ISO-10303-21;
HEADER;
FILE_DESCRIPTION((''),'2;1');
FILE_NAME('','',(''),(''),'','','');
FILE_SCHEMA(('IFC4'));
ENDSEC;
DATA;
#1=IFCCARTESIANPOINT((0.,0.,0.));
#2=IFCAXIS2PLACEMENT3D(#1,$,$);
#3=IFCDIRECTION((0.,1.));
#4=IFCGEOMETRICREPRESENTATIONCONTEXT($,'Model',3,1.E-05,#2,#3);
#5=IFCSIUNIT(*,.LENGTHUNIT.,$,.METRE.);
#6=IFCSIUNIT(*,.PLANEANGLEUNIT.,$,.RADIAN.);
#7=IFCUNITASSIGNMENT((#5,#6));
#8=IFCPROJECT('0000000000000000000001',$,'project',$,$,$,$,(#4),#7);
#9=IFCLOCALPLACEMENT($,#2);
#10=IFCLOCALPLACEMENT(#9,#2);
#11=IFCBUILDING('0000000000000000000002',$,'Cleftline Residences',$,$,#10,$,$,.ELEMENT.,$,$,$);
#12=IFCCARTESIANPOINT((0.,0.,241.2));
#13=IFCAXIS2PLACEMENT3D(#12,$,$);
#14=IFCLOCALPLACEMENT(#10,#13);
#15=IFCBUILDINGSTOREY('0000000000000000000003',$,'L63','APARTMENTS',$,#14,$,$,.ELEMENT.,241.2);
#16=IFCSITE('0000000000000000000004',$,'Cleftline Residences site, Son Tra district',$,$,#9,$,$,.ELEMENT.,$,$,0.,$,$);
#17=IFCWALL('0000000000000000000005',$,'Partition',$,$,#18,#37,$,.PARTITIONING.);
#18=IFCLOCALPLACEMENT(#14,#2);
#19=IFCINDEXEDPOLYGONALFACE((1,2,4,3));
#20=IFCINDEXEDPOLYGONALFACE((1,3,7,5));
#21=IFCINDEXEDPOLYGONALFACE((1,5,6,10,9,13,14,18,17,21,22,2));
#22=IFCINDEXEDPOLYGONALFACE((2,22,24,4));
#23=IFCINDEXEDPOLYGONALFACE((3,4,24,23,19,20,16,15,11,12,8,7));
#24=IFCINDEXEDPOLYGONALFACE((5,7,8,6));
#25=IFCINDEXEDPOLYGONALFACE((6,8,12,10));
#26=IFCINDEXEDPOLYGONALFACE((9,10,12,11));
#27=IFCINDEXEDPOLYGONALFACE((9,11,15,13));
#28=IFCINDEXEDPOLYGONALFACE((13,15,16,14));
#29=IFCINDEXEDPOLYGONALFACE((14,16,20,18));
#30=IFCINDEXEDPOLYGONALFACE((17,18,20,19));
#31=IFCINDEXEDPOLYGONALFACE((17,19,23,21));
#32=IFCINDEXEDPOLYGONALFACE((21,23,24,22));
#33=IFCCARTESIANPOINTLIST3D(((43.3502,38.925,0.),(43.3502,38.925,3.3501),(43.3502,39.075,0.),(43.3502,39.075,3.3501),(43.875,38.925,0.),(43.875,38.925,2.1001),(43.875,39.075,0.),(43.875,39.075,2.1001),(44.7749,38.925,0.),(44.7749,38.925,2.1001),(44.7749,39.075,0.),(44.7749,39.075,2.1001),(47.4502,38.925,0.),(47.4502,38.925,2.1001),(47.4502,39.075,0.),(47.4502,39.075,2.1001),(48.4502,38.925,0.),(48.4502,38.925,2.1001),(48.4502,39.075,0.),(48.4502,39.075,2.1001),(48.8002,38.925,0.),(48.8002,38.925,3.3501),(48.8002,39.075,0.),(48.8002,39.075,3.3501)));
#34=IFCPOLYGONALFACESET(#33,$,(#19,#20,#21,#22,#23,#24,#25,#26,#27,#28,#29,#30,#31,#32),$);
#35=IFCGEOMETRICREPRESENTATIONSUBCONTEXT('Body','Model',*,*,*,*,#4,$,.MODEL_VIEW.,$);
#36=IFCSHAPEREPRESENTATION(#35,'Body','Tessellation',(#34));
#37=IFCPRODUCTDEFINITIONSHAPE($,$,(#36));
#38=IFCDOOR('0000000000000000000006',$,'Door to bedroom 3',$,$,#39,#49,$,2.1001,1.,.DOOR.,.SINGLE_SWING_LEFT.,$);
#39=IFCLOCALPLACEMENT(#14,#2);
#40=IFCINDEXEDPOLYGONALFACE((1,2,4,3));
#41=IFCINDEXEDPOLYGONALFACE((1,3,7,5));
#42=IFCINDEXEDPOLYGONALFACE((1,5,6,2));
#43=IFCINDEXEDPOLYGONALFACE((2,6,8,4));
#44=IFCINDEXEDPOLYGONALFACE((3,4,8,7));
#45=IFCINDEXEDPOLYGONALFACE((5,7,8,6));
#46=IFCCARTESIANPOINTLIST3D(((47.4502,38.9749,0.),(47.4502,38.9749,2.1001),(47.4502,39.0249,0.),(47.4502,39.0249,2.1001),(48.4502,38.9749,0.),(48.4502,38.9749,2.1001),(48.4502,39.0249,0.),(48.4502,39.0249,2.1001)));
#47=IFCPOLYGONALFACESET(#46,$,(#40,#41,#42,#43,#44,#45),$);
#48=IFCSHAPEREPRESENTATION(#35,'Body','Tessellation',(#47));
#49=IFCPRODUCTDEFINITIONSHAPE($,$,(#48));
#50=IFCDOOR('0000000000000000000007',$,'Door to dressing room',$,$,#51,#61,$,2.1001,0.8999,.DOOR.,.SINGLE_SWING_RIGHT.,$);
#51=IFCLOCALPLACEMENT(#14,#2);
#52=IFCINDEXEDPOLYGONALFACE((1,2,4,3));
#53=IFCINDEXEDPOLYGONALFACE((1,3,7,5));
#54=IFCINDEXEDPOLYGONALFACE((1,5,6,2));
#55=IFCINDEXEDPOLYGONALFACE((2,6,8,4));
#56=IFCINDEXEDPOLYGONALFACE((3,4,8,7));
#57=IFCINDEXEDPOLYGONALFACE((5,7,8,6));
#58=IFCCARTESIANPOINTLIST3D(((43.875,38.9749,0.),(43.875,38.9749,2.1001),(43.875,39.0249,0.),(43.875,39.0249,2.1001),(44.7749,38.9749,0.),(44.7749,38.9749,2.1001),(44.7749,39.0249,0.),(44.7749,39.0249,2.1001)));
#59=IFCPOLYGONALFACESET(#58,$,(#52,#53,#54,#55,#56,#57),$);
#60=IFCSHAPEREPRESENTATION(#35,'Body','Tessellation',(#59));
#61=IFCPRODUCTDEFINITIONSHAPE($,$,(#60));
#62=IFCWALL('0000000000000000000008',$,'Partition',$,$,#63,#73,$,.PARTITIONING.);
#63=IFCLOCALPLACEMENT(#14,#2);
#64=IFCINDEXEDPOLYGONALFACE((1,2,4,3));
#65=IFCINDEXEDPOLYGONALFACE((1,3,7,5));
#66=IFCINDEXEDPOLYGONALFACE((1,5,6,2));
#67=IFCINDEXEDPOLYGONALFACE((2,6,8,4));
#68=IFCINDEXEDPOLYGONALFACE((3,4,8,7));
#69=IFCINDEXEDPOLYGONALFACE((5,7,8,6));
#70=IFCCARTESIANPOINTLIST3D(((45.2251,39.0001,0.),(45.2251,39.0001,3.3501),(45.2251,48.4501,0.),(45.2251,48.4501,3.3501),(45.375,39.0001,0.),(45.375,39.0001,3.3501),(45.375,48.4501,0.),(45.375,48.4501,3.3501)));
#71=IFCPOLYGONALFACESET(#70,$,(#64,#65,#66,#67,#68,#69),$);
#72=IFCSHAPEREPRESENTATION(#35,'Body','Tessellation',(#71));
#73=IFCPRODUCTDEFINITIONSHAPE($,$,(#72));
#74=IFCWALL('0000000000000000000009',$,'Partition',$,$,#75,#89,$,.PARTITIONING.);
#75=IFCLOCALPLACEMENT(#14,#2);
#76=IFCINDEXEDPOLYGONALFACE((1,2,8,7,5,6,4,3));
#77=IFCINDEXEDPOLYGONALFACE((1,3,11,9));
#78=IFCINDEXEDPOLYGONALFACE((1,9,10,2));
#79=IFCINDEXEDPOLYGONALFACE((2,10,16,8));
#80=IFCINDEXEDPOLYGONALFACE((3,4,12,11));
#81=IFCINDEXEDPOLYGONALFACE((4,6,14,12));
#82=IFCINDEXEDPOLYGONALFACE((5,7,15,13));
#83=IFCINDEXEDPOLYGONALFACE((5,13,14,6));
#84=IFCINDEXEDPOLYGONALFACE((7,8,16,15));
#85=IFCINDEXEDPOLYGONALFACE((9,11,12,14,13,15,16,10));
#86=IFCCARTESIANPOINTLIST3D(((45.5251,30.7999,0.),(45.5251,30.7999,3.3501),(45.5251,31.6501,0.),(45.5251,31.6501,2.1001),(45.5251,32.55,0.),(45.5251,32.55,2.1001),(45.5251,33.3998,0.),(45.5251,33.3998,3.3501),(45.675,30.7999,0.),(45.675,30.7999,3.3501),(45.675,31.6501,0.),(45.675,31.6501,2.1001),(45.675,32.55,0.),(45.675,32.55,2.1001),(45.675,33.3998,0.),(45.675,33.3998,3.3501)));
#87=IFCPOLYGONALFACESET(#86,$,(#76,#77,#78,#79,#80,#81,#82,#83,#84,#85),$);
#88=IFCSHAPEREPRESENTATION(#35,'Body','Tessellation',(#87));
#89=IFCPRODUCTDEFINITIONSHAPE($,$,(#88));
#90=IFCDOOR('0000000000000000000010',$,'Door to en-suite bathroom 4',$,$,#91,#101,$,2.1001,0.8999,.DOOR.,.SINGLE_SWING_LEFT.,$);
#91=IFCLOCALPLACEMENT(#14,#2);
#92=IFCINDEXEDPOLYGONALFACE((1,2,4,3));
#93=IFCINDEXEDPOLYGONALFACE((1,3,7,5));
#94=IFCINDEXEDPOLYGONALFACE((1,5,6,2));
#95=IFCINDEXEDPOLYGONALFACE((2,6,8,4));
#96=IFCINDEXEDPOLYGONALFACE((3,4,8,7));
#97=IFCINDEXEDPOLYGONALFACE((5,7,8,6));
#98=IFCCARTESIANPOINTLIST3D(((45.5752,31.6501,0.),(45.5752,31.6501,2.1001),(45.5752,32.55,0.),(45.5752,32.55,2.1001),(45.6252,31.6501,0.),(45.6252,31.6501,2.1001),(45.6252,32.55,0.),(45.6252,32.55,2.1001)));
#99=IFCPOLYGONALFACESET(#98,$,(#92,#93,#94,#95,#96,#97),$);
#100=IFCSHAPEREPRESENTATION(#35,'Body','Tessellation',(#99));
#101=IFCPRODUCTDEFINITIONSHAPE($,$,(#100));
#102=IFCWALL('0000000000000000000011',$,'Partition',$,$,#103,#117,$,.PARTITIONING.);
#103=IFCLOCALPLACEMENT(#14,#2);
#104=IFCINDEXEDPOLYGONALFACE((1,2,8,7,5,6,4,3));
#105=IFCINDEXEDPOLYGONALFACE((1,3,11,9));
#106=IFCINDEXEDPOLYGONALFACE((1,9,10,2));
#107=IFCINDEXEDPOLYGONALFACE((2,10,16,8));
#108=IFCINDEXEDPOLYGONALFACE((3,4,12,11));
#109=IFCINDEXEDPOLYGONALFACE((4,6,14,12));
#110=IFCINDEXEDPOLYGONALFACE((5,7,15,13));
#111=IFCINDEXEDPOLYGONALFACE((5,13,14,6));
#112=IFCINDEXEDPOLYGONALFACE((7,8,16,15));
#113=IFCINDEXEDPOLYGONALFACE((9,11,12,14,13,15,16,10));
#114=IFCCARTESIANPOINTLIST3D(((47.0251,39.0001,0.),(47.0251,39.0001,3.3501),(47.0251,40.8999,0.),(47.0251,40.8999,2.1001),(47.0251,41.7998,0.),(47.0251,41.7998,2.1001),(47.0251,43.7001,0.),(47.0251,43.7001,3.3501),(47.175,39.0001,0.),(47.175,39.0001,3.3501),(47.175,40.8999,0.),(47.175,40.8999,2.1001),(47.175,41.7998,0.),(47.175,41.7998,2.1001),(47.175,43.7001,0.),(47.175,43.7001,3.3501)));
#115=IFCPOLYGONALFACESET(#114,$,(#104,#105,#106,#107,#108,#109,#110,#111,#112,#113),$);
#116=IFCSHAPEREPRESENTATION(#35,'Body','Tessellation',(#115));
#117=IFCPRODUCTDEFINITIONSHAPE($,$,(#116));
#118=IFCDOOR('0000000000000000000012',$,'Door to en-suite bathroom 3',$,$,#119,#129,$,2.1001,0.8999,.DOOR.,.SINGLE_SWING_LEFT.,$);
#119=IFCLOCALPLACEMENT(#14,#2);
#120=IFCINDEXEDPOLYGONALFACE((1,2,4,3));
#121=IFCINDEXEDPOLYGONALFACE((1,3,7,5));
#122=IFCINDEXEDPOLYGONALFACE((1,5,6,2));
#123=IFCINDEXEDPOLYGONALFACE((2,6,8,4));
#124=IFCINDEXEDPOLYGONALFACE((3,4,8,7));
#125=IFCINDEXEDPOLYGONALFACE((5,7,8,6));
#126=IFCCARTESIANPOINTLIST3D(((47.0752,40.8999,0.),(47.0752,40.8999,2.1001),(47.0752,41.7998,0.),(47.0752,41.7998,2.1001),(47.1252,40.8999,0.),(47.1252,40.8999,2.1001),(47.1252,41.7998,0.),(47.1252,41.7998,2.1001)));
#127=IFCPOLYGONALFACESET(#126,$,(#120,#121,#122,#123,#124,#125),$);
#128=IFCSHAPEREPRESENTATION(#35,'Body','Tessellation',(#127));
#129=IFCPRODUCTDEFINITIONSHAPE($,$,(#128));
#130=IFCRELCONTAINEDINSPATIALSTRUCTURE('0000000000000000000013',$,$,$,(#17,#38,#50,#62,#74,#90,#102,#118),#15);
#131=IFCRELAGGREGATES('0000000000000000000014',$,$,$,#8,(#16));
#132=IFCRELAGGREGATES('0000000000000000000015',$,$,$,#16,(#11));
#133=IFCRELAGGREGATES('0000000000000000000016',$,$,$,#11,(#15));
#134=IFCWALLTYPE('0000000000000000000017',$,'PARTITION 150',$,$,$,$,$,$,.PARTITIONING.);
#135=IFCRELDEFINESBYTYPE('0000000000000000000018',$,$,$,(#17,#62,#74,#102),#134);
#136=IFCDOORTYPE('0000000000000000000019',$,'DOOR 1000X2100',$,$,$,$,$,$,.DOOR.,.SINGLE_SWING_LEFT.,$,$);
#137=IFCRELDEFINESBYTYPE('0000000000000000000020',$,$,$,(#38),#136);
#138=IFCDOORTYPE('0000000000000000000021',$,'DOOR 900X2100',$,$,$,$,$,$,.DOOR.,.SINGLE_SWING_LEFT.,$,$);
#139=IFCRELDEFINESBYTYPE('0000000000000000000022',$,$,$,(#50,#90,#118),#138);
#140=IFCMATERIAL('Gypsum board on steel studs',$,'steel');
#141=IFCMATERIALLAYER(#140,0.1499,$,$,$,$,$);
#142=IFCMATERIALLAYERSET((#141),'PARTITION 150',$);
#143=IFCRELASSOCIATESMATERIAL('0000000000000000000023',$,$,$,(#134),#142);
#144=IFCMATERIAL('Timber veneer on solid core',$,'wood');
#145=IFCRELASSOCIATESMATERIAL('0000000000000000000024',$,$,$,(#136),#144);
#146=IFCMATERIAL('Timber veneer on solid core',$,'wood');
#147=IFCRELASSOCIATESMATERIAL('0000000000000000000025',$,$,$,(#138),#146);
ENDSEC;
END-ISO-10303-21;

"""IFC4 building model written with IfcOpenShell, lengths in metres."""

from ifc_helpers import new_model, si_unit, direction, frame, frame_2d, origin, place, context, subcontext, project, spatial, rectangle, extrude, material, layer, layer_set, type_object, element, fill, save


model = new_model("IFC4")

# Units and contexts
model_context = context("Model", 3, precision=1e-05, world=origin(), true_north=direction((0.0, 1.0)))
body_context = subcontext(model_context, "Body", "Model", "MODEL_VIEW")
ifc_project = project(units=[si_unit("LENGTHUNIT", "METRE"), si_unit("PLANEANGLEUNIT", "RADIAN")], contexts=[model_context])

# Site, building, storey
site_placement = place(None, origin())
site = spatial("IfcSite", under=ifc_project, at=site_placement, Name="Cleftline Residences site, Son Tra district", CompositionType="ELEMENT", RefElevation=0.0)
building_placement = place(site_placement, origin())
building = spatial("IfcBuilding", under=site, at=building_placement, Name="Cleftline Residences", CompositionType="ELEMENT")
storey_placement = place(building_placement, frame((0.0, 0.0, 241.2)))
storey = spatial("IfcBuildingStorey", under=building, at=storey_placement, Name="L63", Description="APARTMENTS", CompositionType="ELEMENT", Elevation=241.2)

# Shared definitions
ifc_material_1 = material(Name="Gypsum board on steel studs", Category="steel")
ifc_layer_1 = layer(ifc_material_1, 0.1499)
ifc_layer_set_1 = layer_set([ifc_layer_1], Name="PARTITION 150")
wall_type = type_object("IfcWallType", Name="PARTITION 150", PredefinedType="PARTITIONING", material=ifc_layer_set_1)

# Wall, openings, doors
ifc_material_2 = material(Name="Timber veneer on solid core", Category="wood")
door_type_1 = type_object("IfcDoorType", Name="DOOR 1000X2100", OperationType="SINGLE_SWING_LEFT", PredefinedType="DOOR", material=ifc_material_2)
ifc_material_3 = material(Name="Timber veneer on solid core", Category="wood")
door_type_2 = type_object("IfcDoorType", Name="DOOR 900X2100", OperationType="SINGLE_SWING_LEFT", PredefinedType="DOOR", material=ifc_material_3)
wall_1_placement = place(storey_placement, frame((43.3501, 39.0, 0.0), z_axis=(0.0, 0.0, 1.0), x_axis=(1.0, 0.0, 0.0)))
wall_1 = element("IfcWall", 1, at=wall_1_placement, inside=storey, type_object=wall_type, Name="Partition", PredefinedType="PARTITIONING", context=body_context, shape_type="SweptSolid", body=[
    extrude(rectangle(XDim=5.45, YDim=0.1499, at=frame_2d((2.7251, 0.0))), origin(), (0.0, 0.0, 1.0), 3.3501),
])
opening_1_placement = place(wall_1_placement, frame((4.1001, 0.0, 0.0)))
opening_1 = element("IfcOpeningElement", 2, at=opening_1_placement, cuts=wall_1, PredefinedType="OPENING", context=body_context, shape_type="SweptSolid", body=[
    extrude(rectangle(XDim=1.0, YDim=2.1001, at=frame_2d((0.5, 1.05))), frame((0.0, 0.085, 0.0), z_axis=(0.0, -1.0, 0.0), x_axis=(1.0, 0.0, 0.0)), (0.0, 0.0, 1.0), 0.1699),
])
opening_2_placement = place(wall_1_placement, frame((0.5249, 0.0, 0.0)))
opening_2 = element("IfcOpeningElement", 3, at=opening_2_placement, cuts=wall_1, PredefinedType="OPENING", context=body_context, shape_type="SweptSolid", body=[
    extrude(rectangle(XDim=0.8999, YDim=2.1001, at=frame_2d((0.45, 1.05))), frame((0.0, 0.085, 0.0), z_axis=(0.0, -1.0, 0.0), x_axis=(1.0, 0.0, 0.0)), (0.0, 0.0, 1.0), 0.1699),
])
door_1_placement = place(opening_1_placement, origin())
door_1 = element("IfcDoor", 4, at=door_1_placement, inside=storey, type_object=door_type_1, Name="Door to bedroom 3", OperationType="SINGLE_SWING_LEFT", OverallHeight=2.1001, OverallWidth=1.0, PredefinedType="DOOR", context=body_context, shape_type="SweptSolid", body=[
    extrude(rectangle(XDim=1.0, YDim=2.1001, at=frame_2d((0.5, 1.05))), frame((0.0, 0.0249, 0.0), z_axis=(0.0, -1.0, 0.0), x_axis=(1.0, 0.0, 0.0)), (0.0, 0.0, 1.0), 0.05),
])
fill(opening_1, door_1)
door_2_placement = place(opening_2_placement, origin())
door_2 = element("IfcDoor", 5, at=door_2_placement, inside=storey, type_object=door_type_2, Name="Door to dressing room", OperationType="SINGLE_SWING_RIGHT", OverallHeight=2.1001, OverallWidth=0.8999, PredefinedType="DOOR", context=body_context, shape_type="SweptSolid", body=[
    extrude(rectangle(XDim=0.8999, YDim=2.1001, at=frame_2d((0.45, 1.05))), frame((0.0, 0.0249, 0.0), z_axis=(0.0, -1.0, 0.0), x_axis=(1.0, 0.0, 0.0)), (0.0, 0.0, 1.0), 0.05),
])
fill(opening_2, door_2)

# Wall
wall_2_placement = place(storey_placement, frame((45.3, 39.0, 0.0), z_axis=(0.0, 0.0, 1.0), x_axis=(0.0, 1.0, 0.0)))
element("IfcWall", 6, at=wall_2_placement, inside=storey, type_object=wall_type, Name="Partition", PredefinedType="PARTITIONING", context=body_context, shape_type="SweptSolid", body=[
    extrude(rectangle(XDim=9.45, YDim=0.1499, at=frame_2d((4.7251, 0.0))), origin(), (0.0, 0.0, 1.0), 3.3501),
])

# Walls, openings, doors
wall_3_placement = place(storey_placement, frame((45.6001, 30.8, 0.0), z_axis=(0.0, 0.0, 1.0), x_axis=(0.0, 1.0, 0.0)))
wall_3 = element("IfcWall", 7, at=wall_3_placement, inside=storey, type_object=wall_type, Name="Partition", PredefinedType="PARTITIONING", context=body_context, shape_type="SweptSolid", body=[
    extrude(rectangle(XDim=2.5999, YDim=0.1499, at=frame_2d((1.2998, 0.0))), origin(), (0.0, 0.0, 1.0), 3.3501),
])
opening_3_placement = place(wall_3_placement, frame((0.8501, 0.0, 0.0)))
opening_3 = element("IfcOpeningElement", 8, at=opening_3_placement, cuts=wall_3, PredefinedType="OPENING", context=body_context, shape_type="SweptSolid", body=[
    extrude(rectangle(XDim=0.8999, YDim=2.1001, at=frame_2d((0.45, 1.05))), frame((0.0, 0.085, 0.0), z_axis=(0.0, -1.0, 0.0), x_axis=(1.0, 0.0, 0.0)), (0.0, 0.0, 1.0), 0.1699),
])
door_3_placement = place(opening_3_placement, origin())
door_3 = element("IfcDoor", 9, at=door_3_placement, inside=storey, type_object=door_type_2, Name="Door to en-suite bathroom 4", OperationType="SINGLE_SWING_LEFT", OverallHeight=2.1001, OverallWidth=0.8999, PredefinedType="DOOR", context=body_context, shape_type="SweptSolid", body=[
    extrude(rectangle(XDim=0.8999, YDim=2.1001, at=frame_2d((0.45, 1.05))), frame((0.0, 0.0249, 0.0), z_axis=(0.0, -1.0, 0.0), x_axis=(1.0, 0.0, 0.0)), (0.0, 0.0, 1.0), 0.05),
])
fill(opening_3, door_3)
wall_4_placement = place(storey_placement, frame((47.1001, 39.0, 0.0), z_axis=(0.0, 0.0, 1.0), x_axis=(0.0, 1.0, 0.0)))
wall_4 = element("IfcWall", 10, at=wall_4_placement, inside=storey, type_object=wall_type, Name="Partition", PredefinedType="PARTITIONING", context=body_context, shape_type="SweptSolid", body=[
    extrude(rectangle(XDim=4.7, YDim=0.1499, at=frame_2d((2.3501, 0.0))), origin(), (0.0, 0.0, 1.0), 3.3501),
])
opening_4_placement = place(wall_4_placement, frame((1.8999, 0.0, 0.0)))
opening_4 = element("IfcOpeningElement", 11, at=opening_4_placement, cuts=wall_4, PredefinedType="OPENING", context=body_context, shape_type="SweptSolid", body=[
    extrude(rectangle(XDim=0.8999, YDim=2.1001, at=frame_2d((0.45, 1.05))), frame((0.0, 0.085, 0.0), z_axis=(0.0, -1.0, 0.0), x_axis=(1.0, 0.0, 0.0)), (0.0, 0.0, 1.0), 0.1699),
])
door_4_placement = place(opening_4_placement, origin())
door_4 = element("IfcDoor", 12, at=door_4_placement, inside=storey, type_object=door_type_2, Name="Door to en-suite bathroom 3", OperationType="SINGLE_SWING_LEFT", OverallHeight=2.1001, OverallWidth=0.8999, PredefinedType="DOOR", context=body_context, shape_type="SweptSolid", body=[
    extrude(rectangle(XDim=0.8999, YDim=2.1001, at=frame_2d((0.45, 1.05))), frame((0.0, 0.0249, 0.0), z_axis=(0.0, -1.0, 0.0), x_axis=(1.0, 0.0, 0.0)), (0.0, 0.0, 1.0), 0.05),
])
fill(opening_4, door_4)

save(model, "model.ifc")
